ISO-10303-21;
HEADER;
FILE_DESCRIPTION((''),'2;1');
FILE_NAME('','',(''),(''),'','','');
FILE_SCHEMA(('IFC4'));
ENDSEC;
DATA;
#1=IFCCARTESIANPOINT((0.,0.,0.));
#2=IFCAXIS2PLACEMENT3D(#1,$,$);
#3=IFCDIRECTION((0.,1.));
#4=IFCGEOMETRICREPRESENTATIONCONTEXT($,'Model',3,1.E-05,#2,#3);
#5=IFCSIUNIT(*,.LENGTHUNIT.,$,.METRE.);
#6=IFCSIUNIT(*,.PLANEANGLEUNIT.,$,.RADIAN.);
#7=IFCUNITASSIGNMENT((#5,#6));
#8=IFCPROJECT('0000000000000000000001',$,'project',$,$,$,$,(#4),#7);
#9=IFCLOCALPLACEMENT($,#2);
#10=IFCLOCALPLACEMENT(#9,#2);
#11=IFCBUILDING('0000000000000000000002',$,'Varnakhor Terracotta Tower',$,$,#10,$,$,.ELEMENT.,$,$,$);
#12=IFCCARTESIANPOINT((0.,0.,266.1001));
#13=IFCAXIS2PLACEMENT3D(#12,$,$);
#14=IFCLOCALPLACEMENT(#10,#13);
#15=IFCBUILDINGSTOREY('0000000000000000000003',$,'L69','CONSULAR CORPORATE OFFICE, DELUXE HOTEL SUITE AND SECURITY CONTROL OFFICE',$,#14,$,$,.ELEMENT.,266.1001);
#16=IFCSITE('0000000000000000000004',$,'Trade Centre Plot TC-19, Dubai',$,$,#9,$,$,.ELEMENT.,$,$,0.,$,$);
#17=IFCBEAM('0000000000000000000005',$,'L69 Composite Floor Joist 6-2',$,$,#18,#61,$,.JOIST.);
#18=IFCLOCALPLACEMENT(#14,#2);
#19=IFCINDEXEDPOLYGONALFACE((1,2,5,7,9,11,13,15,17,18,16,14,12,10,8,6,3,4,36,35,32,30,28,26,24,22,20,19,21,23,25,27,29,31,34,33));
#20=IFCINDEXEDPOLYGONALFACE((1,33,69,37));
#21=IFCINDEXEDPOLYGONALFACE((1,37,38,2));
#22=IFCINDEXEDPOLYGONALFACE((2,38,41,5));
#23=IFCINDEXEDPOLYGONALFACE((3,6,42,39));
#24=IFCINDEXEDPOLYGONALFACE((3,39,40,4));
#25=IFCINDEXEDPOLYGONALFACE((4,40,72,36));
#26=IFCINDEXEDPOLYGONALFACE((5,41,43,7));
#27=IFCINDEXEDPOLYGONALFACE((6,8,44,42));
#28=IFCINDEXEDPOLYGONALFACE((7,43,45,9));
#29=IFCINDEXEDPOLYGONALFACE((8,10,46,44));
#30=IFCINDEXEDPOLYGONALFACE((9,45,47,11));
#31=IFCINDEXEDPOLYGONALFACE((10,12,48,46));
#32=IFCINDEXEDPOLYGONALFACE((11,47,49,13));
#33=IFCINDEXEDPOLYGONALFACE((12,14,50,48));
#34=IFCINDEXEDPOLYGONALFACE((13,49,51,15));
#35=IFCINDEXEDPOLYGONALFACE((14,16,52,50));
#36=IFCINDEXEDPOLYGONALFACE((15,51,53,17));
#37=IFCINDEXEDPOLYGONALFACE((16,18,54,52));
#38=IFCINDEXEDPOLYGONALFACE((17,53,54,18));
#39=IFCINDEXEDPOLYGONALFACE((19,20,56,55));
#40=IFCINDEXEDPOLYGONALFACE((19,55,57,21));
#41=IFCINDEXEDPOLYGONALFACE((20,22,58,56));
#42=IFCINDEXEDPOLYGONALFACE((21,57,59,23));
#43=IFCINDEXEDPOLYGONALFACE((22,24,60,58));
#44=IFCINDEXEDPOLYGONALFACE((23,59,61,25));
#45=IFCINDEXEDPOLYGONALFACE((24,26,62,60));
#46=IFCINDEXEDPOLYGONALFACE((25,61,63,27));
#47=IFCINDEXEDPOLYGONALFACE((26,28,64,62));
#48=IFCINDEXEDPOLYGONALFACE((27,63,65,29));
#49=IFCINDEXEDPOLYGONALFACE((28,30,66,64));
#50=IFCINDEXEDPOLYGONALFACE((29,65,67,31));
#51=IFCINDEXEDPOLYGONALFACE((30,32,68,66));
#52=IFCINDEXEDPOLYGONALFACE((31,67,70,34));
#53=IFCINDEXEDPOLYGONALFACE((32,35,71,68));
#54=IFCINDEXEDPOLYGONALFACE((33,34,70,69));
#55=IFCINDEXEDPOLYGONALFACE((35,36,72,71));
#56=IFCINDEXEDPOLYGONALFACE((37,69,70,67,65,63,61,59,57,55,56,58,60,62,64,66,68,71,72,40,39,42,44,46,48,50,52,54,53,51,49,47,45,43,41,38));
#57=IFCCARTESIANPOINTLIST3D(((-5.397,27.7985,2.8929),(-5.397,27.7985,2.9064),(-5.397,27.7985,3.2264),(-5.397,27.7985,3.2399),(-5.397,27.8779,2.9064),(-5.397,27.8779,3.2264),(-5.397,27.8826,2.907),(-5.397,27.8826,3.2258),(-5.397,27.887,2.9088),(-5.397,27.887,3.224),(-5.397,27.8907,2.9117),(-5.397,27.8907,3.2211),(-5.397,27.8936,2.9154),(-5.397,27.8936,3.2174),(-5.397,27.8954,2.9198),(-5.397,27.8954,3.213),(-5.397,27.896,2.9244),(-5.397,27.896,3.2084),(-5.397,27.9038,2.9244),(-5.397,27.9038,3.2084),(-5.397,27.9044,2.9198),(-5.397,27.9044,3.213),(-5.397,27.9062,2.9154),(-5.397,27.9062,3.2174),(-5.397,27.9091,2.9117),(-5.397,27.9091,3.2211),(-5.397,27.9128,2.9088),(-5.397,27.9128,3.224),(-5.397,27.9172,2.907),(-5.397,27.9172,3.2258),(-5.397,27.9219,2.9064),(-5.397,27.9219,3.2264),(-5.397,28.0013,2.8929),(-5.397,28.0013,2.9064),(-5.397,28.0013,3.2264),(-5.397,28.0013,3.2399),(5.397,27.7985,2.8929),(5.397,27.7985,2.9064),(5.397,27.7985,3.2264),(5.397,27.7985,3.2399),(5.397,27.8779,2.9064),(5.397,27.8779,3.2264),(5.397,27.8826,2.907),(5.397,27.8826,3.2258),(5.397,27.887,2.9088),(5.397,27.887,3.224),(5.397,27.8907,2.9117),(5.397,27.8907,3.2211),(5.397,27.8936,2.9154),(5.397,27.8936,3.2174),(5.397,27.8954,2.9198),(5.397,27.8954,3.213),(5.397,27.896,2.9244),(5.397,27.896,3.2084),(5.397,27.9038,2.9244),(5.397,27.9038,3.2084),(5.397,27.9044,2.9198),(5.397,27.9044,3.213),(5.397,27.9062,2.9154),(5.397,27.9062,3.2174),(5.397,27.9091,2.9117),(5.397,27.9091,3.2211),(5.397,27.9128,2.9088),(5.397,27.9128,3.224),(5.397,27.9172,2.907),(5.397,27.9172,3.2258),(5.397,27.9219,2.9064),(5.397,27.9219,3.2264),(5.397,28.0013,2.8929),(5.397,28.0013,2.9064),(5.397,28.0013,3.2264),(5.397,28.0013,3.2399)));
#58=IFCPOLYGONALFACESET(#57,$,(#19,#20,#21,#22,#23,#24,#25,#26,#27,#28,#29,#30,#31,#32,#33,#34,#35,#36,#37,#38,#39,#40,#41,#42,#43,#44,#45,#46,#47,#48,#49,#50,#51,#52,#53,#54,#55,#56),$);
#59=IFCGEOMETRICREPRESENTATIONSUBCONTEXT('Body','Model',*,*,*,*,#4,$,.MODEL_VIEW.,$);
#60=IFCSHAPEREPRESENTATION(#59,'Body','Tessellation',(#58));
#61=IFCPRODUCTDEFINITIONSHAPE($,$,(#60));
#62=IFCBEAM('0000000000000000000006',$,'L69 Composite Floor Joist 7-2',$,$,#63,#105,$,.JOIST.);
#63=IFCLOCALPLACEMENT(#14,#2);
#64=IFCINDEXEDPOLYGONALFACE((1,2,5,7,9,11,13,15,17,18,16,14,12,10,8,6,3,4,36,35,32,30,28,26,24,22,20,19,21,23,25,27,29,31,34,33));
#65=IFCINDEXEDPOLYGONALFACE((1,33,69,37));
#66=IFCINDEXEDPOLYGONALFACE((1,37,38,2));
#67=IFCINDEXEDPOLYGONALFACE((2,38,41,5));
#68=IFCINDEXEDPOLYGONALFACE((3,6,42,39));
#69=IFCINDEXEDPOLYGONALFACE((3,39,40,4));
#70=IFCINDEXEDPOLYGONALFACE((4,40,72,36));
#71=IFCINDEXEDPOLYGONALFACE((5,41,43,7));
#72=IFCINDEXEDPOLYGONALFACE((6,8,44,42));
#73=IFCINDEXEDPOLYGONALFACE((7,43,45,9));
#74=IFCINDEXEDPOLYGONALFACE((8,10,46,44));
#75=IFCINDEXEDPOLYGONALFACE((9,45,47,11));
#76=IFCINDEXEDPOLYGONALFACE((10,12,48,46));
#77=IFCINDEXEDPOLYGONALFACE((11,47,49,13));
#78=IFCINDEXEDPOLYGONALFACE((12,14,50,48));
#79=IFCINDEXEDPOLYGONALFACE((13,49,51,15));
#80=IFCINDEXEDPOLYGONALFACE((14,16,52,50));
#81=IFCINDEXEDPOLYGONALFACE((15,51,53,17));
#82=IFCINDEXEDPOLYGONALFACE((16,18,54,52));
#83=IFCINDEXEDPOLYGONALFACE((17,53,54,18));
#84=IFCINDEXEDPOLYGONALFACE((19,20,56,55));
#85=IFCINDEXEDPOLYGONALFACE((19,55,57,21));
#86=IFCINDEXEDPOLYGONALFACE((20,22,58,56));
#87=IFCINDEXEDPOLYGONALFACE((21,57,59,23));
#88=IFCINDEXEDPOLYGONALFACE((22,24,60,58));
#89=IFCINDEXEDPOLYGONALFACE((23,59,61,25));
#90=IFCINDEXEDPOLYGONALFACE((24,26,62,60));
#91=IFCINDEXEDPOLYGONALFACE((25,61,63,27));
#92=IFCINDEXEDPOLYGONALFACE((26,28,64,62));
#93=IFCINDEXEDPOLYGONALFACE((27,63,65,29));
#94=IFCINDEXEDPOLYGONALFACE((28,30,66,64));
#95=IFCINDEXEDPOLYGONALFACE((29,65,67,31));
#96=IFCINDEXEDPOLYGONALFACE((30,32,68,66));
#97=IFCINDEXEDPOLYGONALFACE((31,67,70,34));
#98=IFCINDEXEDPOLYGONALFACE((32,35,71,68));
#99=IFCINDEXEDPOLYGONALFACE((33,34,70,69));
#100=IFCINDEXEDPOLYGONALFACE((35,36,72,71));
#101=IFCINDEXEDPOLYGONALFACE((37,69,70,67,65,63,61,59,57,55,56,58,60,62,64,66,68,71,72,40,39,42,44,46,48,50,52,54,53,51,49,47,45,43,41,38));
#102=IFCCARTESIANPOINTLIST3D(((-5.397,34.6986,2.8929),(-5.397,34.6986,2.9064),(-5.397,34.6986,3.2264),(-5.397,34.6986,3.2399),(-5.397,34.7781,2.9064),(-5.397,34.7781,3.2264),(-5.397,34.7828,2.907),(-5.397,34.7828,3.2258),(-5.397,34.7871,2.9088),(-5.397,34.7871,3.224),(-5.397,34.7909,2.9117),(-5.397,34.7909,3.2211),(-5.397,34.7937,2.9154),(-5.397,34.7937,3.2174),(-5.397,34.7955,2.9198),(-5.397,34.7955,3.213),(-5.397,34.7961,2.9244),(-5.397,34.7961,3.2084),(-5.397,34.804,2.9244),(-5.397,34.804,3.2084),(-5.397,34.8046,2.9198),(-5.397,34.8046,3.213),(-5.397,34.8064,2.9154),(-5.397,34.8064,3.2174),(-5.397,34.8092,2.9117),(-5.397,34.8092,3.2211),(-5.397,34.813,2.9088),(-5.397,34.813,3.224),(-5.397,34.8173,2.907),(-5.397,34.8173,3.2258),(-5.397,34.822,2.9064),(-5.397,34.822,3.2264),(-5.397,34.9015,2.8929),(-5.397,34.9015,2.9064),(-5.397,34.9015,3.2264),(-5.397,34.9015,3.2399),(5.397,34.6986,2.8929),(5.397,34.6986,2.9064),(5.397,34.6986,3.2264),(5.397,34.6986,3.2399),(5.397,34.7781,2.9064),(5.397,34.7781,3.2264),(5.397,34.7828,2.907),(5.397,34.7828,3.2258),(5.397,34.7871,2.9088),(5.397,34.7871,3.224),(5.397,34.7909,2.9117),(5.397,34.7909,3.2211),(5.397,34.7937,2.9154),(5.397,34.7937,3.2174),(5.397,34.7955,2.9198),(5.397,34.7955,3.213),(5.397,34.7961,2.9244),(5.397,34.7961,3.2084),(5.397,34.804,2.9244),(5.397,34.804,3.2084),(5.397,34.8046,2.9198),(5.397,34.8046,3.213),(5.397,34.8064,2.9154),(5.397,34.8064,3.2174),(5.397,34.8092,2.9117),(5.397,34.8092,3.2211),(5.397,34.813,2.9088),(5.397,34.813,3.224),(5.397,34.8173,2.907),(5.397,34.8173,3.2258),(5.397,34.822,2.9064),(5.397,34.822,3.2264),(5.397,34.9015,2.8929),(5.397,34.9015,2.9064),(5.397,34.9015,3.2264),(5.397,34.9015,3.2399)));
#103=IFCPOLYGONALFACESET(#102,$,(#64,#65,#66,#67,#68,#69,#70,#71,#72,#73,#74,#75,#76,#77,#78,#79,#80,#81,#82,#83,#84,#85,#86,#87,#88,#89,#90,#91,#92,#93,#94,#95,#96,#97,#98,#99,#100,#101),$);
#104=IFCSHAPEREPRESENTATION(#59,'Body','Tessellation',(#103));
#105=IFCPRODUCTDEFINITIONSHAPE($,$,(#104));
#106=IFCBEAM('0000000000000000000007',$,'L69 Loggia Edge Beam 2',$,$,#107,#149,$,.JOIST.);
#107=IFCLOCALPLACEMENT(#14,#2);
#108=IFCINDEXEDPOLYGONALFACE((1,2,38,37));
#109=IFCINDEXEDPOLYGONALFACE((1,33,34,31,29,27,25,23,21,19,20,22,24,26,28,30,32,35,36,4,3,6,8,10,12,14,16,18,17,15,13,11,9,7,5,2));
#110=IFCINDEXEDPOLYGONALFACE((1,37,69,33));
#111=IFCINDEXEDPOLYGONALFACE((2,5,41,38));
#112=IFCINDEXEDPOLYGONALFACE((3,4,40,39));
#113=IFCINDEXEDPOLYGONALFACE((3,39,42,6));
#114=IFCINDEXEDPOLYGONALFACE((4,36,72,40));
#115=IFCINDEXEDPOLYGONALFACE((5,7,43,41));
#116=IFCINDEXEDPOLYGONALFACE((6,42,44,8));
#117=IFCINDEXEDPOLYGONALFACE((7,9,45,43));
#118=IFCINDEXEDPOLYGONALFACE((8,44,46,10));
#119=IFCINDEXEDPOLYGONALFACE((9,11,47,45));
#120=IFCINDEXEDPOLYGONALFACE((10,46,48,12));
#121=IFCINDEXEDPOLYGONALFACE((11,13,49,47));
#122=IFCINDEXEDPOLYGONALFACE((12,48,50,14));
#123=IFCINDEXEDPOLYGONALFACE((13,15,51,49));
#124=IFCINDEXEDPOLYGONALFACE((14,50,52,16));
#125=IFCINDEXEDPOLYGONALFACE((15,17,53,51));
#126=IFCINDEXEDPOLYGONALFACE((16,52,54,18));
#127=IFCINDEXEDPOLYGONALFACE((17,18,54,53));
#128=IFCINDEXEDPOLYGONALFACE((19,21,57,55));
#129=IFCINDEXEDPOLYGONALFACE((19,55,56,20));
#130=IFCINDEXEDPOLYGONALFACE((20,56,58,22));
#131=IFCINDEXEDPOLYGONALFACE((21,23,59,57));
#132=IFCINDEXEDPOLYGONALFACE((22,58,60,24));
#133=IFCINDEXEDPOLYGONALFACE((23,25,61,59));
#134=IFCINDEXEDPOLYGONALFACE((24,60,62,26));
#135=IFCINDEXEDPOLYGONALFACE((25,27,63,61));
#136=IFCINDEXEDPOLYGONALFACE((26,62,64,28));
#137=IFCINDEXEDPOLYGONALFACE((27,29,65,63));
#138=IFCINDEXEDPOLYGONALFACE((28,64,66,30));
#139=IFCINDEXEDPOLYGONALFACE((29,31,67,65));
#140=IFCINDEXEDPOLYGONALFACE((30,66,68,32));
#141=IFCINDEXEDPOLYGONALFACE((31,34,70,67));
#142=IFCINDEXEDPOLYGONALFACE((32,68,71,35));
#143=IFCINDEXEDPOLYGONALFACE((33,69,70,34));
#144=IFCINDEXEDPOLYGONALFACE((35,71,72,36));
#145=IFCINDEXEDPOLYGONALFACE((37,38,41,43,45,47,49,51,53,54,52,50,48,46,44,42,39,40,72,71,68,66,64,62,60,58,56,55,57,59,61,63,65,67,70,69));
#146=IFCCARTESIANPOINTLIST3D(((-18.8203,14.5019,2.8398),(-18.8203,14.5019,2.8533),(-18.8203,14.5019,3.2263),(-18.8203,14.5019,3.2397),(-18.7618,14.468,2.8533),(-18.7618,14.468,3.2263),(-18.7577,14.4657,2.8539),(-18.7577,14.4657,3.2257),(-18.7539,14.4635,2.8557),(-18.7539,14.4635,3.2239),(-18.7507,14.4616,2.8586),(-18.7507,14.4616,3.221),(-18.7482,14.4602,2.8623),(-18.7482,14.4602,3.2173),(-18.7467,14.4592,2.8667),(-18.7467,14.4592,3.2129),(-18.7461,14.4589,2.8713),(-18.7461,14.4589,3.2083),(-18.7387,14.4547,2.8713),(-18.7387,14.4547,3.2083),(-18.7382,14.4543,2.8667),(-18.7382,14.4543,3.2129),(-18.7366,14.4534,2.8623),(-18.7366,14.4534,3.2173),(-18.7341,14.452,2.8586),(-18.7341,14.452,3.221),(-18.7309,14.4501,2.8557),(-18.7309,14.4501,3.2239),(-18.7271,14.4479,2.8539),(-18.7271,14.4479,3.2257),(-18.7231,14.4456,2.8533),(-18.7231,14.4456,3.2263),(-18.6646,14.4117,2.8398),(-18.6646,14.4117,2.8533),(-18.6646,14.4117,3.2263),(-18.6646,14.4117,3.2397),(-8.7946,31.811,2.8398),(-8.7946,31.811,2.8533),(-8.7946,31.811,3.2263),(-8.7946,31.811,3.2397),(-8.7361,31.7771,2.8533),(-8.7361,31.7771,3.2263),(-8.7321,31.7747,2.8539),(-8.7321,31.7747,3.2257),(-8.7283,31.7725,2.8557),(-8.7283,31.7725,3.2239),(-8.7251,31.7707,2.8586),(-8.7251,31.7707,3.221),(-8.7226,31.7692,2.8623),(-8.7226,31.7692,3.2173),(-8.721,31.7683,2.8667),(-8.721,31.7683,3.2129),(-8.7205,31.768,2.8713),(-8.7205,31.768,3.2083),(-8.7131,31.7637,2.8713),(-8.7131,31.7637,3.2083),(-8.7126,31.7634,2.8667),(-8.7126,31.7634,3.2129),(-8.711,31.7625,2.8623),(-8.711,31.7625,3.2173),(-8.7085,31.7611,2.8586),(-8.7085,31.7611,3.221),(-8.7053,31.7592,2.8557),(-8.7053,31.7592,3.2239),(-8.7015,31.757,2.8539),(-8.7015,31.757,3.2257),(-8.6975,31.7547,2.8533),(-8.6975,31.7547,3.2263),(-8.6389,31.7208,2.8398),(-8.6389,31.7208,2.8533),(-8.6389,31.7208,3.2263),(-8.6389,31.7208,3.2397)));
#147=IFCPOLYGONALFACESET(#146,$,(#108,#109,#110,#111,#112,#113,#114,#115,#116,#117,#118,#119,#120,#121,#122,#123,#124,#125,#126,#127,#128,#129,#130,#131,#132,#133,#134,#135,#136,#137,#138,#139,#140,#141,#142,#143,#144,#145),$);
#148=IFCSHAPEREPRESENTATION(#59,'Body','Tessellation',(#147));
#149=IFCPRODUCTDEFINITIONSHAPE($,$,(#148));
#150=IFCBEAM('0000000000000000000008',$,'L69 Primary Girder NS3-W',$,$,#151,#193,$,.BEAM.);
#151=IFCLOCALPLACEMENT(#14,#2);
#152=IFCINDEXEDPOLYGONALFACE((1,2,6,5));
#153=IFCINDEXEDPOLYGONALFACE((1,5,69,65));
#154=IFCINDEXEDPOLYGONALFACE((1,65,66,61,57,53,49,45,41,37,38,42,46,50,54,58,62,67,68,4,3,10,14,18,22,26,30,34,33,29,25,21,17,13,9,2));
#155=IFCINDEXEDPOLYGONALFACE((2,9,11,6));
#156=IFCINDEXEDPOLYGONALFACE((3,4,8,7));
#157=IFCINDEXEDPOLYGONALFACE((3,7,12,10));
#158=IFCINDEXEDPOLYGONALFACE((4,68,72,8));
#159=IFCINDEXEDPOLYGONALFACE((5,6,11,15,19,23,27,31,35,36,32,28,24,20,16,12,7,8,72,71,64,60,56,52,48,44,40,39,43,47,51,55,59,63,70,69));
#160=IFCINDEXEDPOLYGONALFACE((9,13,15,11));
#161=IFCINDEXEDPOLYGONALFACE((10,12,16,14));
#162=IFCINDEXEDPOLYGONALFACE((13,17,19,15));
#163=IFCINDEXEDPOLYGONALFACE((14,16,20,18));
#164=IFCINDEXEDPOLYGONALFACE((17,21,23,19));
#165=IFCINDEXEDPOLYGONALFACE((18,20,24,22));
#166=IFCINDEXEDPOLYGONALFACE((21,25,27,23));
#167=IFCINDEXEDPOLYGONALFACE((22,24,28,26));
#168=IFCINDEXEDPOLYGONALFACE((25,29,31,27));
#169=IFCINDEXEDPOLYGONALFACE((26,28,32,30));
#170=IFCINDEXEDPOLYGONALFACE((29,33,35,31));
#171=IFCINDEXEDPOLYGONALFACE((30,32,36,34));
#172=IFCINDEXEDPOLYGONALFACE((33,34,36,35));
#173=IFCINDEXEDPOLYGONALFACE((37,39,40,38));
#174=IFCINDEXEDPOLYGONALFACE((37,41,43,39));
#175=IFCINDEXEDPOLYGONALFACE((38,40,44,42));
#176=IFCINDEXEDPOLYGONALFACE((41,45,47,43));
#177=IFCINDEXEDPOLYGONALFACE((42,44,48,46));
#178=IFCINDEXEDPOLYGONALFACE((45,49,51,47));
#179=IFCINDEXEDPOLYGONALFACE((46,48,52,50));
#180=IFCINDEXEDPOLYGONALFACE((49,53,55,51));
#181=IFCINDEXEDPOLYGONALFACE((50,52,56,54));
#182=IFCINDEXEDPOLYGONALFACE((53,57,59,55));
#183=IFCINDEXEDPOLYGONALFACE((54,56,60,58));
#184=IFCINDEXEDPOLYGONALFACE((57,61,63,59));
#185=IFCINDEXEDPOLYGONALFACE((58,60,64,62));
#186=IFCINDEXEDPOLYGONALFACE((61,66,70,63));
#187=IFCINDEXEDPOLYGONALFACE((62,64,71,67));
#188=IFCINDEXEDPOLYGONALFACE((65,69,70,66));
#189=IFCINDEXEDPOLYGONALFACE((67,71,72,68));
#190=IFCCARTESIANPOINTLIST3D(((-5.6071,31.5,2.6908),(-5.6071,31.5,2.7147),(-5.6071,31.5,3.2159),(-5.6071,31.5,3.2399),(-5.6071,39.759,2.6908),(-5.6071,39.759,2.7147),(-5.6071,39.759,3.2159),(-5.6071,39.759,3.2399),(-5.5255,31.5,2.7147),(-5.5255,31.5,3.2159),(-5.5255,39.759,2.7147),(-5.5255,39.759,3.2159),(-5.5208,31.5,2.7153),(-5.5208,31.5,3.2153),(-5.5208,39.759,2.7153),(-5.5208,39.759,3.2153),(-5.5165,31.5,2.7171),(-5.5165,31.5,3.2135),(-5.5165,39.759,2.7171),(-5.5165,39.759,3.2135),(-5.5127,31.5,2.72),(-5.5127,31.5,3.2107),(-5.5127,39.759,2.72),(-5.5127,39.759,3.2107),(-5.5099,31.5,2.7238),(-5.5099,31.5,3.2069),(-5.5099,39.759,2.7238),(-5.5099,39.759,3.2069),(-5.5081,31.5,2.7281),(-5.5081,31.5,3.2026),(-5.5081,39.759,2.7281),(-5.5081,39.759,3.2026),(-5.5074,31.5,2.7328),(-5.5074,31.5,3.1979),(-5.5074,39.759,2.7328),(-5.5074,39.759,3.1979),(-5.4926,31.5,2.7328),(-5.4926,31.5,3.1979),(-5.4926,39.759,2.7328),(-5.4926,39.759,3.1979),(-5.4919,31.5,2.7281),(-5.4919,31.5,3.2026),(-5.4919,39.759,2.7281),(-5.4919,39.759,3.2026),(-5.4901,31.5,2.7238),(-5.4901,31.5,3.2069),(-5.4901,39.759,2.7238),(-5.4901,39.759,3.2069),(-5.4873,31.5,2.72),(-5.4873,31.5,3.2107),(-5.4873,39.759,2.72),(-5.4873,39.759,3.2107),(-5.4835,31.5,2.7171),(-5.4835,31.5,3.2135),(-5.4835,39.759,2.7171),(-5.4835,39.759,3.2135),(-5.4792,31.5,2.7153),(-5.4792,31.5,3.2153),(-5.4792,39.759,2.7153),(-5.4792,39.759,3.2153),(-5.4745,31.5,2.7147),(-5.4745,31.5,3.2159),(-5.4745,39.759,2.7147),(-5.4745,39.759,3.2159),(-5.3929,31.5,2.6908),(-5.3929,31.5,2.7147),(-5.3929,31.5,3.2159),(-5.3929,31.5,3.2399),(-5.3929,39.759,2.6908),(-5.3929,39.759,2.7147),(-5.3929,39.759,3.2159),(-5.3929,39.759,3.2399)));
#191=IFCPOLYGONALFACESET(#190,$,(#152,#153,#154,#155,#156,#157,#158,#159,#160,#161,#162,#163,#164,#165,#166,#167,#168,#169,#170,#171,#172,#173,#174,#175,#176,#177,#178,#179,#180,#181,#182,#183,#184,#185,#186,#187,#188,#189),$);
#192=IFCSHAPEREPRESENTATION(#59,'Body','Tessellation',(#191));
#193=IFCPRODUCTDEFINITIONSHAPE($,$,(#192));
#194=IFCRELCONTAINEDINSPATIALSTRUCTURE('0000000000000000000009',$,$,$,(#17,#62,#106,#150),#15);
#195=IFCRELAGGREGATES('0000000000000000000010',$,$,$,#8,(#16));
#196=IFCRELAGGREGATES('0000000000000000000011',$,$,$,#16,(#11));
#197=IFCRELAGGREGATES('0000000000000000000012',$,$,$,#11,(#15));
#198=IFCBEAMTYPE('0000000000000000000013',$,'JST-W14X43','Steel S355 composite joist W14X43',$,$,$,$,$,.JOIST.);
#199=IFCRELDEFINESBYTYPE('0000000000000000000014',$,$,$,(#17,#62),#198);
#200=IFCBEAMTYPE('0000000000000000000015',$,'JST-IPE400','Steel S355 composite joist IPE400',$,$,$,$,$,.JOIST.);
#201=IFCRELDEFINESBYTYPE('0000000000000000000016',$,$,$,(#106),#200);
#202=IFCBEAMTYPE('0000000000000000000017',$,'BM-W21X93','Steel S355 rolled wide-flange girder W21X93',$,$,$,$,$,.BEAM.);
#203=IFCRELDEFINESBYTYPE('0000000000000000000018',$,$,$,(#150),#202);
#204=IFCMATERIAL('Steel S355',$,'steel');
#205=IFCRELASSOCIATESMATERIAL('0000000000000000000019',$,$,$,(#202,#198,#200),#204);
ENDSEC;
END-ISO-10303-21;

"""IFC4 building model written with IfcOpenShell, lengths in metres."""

from ifc_helpers import new_model, si_unit, direction, frame, origin, origin_2d, place, context, subcontext, project, spatial, i_section, extrude, source, transform, mapped, material, material_profile, profile_set, type_object, element, save


model = new_model("IFC4")

# Units and contexts
model_context = context("Model", 3, precision=1e-05, world=origin(), true_north=direction((0.0, 1.0)))
body_context = subcontext(model_context, "Body", "Model", "MODEL_VIEW")
ifc_project = project(units=[si_unit("LENGTHUNIT", "METRE"), si_unit("PLANEANGLEUNIT", "RADIAN")], contexts=[model_context])

# Site, building, storey
site_placement = place(None, origin())
site = spatial("IfcSite", under=ifc_project, at=site_placement, Name="Trade Centre Plot TC-19, Dubai", CompositionType="ELEMENT", RefElevation=0.0)
building_placement = place(site_placement, origin())
building = spatial("IfcBuilding", under=site, at=building_placement, Name="Varnakhor Terracotta Tower", CompositionType="ELEMENT")
storey_placement = place(building_placement, frame((0.0, 0.0, 266.1001)))
storey = spatial("IfcBuildingStorey", under=building, at=storey_placement, Name="L69", Description="CONSULAR CORPORATE OFFICE, DELUXE HOTEL SUITE AND SECURITY CONTROL OFFICE", CompositionType="ELEMENT", Elevation=266.1001)

# Beams
ifc_material_1 = material(Name="Steel S355", Category="steel")
ifc_material_profile_1 = material_profile(ifc_material_1, i_section(OverallWidth=0.2141, OverallDepth=0.5491, WebThickness=0.0149, FlangeThickness=0.0239, FilletRadius=0.0181, at=origin_2d()), Name="W21X93")
ifc_profile_set_1 = profile_set([ifc_material_profile_1], Name="Steel S355")
beam_type_1 = type_object("IfcBeamType", Name="BM-W21X93", Description="Steel S355 rolled wide-flange girder W21X93", PredefinedType="BEAM", material=ifc_profile_set_1)
ifc_material_profile_2 = material_profile(ifc_material_1, i_section(OverallWidth=0.2029, OverallDepth=0.3469, WebThickness=0.0078, FlangeThickness=0.0134, FilletRadius=0.0181, at=origin_2d()), Name="W14X43")
ifc_profile_set_2 = profile_set([ifc_material_profile_2], Name="Steel S355")
beam_type_2 = type_object("IfcBeamType", Name="JST-W14X43", Description="Steel S355 composite joist W14X43", PredefinedType="JOIST", material=ifc_profile_set_2)
shared_shape_1 = source(origin(), body_context, "Body", "SweptSolid", [
    extrude(i_section(OverallWidth=0.2029, OverallDepth=0.3469, WebThickness=0.0078, FlangeThickness=0.0134, FilletRadius=0.0181, at=origin_2d()), origin(), (0.0, 0.0, 1.0), 10.7939),
])
for number, where, z_axis, x_axis, name in (
    (1, (-5.397, 27.8999, 3.0664), (1.0, 0.0, 0.0), (0.0, 1.0, 0.0), "L69 Composite Floor Joist 6-2"),
    (2, (-5.397, 34.8, 3.0664), (1.0, 0.0, 0.0), (0.0, 1.0, 0.0), "L69 Composite Floor Joist 7-2"),
):
    element("IfcBeam", number, at=place(storey_placement, frame(where, z_axis=z_axis, x_axis=x_axis)), inside=storey, type_object=beam_type_2, Name=name, PredefinedType="JOIST", context=body_context, shape_type="MappedRepresentation", body=[
        mapped(shared_shape_1, transform((0.0, 0.0, 0.0), scale=1.0)),
    ])
ifc_material_profile_3 = material_profile(ifc_material_1, i_section(OverallWidth=0.1799, OverallDepth=0.3999, WebThickness=0.0085, FlangeThickness=0.0134, FilletRadius=0.0181, at=origin_2d()), Name="IPE400")
ifc_profile_set_3 = profile_set([ifc_material_profile_3], Name="Steel S355")
beam_type_3 = type_object("IfcBeamType", Name="JST-IPE400", Description="Steel S355 composite joist IPE400", PredefinedType="JOIST", material=ifc_profile_set_3)
shared_shape_2 = source(origin(), body_context, "Body", "SweptSolid", [
    extrude(i_section(OverallWidth=0.1799, OverallDepth=0.3999, WebThickness=0.0085, FlangeThickness=0.0134, FilletRadius=0.0181, at=origin_2d()), origin(), (0.0, 0.0, 1.0), 20.0029),
])
beam_1_placement = place(storey_placement, frame((-8.7168, 31.7659, 3.0398), z_axis=(-0.501208, -0.865327, 0.0), x_axis=(0.865327, -0.501208, 0.0)))
element("IfcBeam", 3, at=beam_1_placement, inside=storey, type_object=beam_type_3, Name="L69 Loggia Edge Beam 2", PredefinedType="JOIST", context=body_context, shape_type="MappedRepresentation", body=[
    mapped(shared_shape_2, transform((0.0, 0.0, 0.0), scale=1.0)),
])
shared_shape_3 = source(origin(), body_context, "Body", "SweptSolid", [
    extrude(i_section(OverallWidth=0.2141, OverallDepth=0.5491, WebThickness=0.0149, FlangeThickness=0.0239, FilletRadius=0.0181, at=origin_2d()), origin(), (0.0, 0.0, 1.0), 8.259),
])
beam_2_placement = place(storey_placement, frame((-5.5, 31.5, 2.9653), z_axis=(0.0, 1.0, 0.0), x_axis=(-1.0, 0.0, 0.0)))
element("IfcBeam", 4, at=beam_2_placement, inside=storey, type_object=beam_type_1, Name="L69 Primary Girder NS3-W", PredefinedType="BEAM", context=body_context, shape_type="MappedRepresentation", body=[
    mapped(shared_shape_3, transform((0.0, 0.0, 0.0), scale=1.0)),
])

save(model, "model.ifc")
